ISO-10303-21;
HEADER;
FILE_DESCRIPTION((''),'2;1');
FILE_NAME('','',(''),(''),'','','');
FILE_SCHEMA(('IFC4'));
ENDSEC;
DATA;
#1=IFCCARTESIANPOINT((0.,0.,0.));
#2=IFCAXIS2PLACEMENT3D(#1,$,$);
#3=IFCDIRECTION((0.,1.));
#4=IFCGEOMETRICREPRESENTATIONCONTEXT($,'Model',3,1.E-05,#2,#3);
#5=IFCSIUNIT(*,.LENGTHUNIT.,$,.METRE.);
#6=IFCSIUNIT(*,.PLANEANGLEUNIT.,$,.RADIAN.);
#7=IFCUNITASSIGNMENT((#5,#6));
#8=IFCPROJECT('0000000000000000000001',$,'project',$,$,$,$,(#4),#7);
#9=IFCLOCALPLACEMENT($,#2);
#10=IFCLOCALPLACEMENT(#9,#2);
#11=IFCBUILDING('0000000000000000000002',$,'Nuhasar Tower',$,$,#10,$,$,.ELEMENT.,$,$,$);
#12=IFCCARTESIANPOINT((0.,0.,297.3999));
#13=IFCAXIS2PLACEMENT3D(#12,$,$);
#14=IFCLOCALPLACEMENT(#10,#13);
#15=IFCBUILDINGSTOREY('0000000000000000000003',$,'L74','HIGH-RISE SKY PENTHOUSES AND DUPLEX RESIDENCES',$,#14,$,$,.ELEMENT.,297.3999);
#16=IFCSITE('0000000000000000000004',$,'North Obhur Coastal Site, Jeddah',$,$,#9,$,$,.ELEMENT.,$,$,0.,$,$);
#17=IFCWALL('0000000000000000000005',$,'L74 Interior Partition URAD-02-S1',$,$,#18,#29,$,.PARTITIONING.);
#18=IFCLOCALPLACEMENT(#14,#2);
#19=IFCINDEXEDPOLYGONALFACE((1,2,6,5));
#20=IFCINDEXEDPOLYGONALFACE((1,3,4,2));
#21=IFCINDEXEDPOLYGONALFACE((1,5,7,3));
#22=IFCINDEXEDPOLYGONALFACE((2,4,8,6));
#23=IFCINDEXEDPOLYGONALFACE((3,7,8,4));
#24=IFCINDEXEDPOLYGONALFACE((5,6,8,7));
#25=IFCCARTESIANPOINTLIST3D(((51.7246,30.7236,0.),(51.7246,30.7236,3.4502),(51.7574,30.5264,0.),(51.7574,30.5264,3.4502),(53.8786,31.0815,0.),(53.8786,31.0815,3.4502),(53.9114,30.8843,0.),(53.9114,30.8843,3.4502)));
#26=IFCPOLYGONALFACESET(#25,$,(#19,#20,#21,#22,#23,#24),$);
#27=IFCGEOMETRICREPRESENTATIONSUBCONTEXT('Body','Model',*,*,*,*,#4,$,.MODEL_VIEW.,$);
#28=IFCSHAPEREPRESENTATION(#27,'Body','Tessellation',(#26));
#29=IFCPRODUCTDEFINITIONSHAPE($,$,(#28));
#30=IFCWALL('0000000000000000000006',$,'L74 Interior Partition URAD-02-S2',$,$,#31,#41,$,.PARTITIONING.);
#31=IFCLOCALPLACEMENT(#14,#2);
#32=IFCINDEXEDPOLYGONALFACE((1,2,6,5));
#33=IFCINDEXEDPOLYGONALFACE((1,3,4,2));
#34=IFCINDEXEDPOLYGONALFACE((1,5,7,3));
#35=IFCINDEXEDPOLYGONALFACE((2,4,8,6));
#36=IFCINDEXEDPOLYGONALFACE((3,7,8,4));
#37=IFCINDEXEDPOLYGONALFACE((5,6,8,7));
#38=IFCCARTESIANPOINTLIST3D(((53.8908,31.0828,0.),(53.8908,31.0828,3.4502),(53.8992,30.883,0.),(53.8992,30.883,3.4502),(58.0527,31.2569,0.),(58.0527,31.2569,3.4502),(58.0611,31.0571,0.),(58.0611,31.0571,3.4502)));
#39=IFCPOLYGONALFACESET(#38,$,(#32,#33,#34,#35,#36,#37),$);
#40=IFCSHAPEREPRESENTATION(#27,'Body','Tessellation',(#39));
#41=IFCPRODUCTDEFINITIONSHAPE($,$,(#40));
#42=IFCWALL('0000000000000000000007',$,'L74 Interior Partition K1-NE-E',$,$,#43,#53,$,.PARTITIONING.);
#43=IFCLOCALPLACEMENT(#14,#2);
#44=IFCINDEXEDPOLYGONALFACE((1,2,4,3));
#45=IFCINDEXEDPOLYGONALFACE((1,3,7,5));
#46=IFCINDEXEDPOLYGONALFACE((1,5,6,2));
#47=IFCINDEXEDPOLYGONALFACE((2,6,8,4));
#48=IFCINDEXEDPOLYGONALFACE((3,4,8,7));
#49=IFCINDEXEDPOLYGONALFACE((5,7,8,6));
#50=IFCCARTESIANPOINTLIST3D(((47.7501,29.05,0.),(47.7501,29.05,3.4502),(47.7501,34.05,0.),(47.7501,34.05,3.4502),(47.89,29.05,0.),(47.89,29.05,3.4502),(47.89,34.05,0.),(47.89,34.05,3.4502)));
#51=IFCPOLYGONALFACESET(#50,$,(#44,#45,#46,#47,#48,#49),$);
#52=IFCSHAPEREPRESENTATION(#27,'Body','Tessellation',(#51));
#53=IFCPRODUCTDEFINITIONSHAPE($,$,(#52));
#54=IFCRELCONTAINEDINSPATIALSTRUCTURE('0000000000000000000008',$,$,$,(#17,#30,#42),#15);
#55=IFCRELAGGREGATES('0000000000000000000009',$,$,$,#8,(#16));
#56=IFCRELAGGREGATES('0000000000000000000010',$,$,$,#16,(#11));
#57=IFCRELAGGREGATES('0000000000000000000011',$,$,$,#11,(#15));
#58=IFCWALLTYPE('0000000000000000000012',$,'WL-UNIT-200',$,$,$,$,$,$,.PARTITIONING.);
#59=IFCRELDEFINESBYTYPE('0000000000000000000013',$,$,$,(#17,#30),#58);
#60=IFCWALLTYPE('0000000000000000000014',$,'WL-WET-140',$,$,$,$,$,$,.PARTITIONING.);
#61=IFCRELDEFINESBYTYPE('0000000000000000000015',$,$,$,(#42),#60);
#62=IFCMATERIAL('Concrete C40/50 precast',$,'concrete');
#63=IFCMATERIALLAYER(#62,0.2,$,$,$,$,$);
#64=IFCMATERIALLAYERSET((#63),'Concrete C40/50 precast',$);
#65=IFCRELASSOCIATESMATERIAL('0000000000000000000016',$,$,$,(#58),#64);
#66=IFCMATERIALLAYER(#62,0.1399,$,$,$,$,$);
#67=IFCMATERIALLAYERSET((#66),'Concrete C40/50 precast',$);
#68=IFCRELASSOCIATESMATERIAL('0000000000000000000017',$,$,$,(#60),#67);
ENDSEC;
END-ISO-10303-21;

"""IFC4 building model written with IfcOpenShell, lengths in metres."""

from ifc_helpers import new_model, si_unit, direction, frame, frame_2d, origin, place, context, subcontext, project, spatial, rectangle, extrude, material, layer, layer_set, type_object, element, save


model = new_model("IFC4")

# Units and contexts
model_context = context("Model", 3, precision=1e-05, world=origin(), true_north=direction((0.0, 1.0)))
body_context = subcontext(model_context, "Body", "Model", "MODEL_VIEW")
ifc_project = project(units=[si_unit("LENGTHUNIT", "METRE"), si_unit("PLANEANGLEUNIT", "RADIAN")], contexts=[model_context])

# Site, building, storey
site_placement = place(None, origin())
site = spatial("IfcSite", under=ifc_project, at=site_placement, Name="North Obhur Coastal Site, Jeddah", CompositionType="ELEMENT", RefElevation=0.0)
building_placement = place(site_placement, origin())
building = spatial("IfcBuilding", under=site, at=building_placement, Name="Nuhasar Tower", CompositionType="ELEMENT")
storey_placement = place(building_placement, frame((0.0, 0.0, 297.3999)))
storey = spatial("IfcBuildingStorey", under=building, at=storey_placement, Name="L74", Description="HIGH-RISE SKY PENTHOUSES AND DUPLEX RESIDENCES", CompositionType="ELEMENT", Elevation=297.3999)

# Walls
ifc_material_1 = material(Name="Concrete C40/50 precast", Category="concrete")
ifc_layer_1 = layer(ifc_material_1, 0.2)
ifc_layer_set_1 = layer_set([ifc_layer_1], Name="Concrete C40/50 precast")
wall_type_1 = type_object("IfcWallType", Name="WL-UNIT-200", PredefinedType="PARTITIONING", material=ifc_layer_set_1)
wall_1_placement = place(storey_placement, frame((51.741, 30.625, 0.0), z_axis=(0.0, 0.0, 1.0), x_axis=(0.986475, 0.163909, 0.0)))
element("IfcWall", 1, at=wall_1_placement, inside=storey, type_object=wall_type_1, Name="L74 Interior Partition URAD-02-S1", PredefinedType="PARTITIONING", context=body_context, shape_type="SweptSolid", body=[
    extrude(rectangle(XDim=2.1836, YDim=0.2, at=frame_2d((1.0918, 0.0))), origin(), (0.0, 0.0, 1.0), 3.4502),
])
wall_2_placement = place(storey_placement, frame((53.895, 30.9829, 0.0), z_axis=(0.0, 0.0, 1.0), x_axis=(0.999126, 0.041789, 0.0)))
element("IfcWall", 2, at=wall_2_placement, inside=storey, type_object=wall_type_1, Name="L74 Interior Partition URAD-02-S2", PredefinedType="PARTITIONING", context=body_context, shape_type="SweptSolid", body=[
    extrude(rectangle(XDim=4.1655, YDim=0.2, at=frame_2d((2.0828, 0.0))), origin(), (0.0, 0.0, 1.0), 3.4502),
])
ifc_layer_2 = layer(ifc_material_1, 0.1399)
ifc_layer_set_2 = layer_set([ifc_layer_2], Name="Concrete C40/50 precast")
wall_type_2 = type_object("IfcWallType", Name="WL-WET-140", PredefinedType="PARTITIONING", material=ifc_layer_set_2)
wall_3_placement = place(storey_placement, frame((47.8201, 29.05, 0.0), z_axis=(0.0, 0.0, 1.0), x_axis=(0.0, 1.0, 0.0)))
element("IfcWall", 3, at=wall_3_placement, inside=storey, type_object=wall_type_2, Name="L74 Interior Partition K1-NE-E", PredefinedType="PARTITIONING", context=body_context, shape_type="SweptSolid", body=[
    extrude(rectangle(XDim=5.0, YDim=0.1399, at=frame_2d((2.5, 0.0))), origin(), (0.0, 0.0, 1.0), 3.4502),
])

save(model, "model.ifc")
